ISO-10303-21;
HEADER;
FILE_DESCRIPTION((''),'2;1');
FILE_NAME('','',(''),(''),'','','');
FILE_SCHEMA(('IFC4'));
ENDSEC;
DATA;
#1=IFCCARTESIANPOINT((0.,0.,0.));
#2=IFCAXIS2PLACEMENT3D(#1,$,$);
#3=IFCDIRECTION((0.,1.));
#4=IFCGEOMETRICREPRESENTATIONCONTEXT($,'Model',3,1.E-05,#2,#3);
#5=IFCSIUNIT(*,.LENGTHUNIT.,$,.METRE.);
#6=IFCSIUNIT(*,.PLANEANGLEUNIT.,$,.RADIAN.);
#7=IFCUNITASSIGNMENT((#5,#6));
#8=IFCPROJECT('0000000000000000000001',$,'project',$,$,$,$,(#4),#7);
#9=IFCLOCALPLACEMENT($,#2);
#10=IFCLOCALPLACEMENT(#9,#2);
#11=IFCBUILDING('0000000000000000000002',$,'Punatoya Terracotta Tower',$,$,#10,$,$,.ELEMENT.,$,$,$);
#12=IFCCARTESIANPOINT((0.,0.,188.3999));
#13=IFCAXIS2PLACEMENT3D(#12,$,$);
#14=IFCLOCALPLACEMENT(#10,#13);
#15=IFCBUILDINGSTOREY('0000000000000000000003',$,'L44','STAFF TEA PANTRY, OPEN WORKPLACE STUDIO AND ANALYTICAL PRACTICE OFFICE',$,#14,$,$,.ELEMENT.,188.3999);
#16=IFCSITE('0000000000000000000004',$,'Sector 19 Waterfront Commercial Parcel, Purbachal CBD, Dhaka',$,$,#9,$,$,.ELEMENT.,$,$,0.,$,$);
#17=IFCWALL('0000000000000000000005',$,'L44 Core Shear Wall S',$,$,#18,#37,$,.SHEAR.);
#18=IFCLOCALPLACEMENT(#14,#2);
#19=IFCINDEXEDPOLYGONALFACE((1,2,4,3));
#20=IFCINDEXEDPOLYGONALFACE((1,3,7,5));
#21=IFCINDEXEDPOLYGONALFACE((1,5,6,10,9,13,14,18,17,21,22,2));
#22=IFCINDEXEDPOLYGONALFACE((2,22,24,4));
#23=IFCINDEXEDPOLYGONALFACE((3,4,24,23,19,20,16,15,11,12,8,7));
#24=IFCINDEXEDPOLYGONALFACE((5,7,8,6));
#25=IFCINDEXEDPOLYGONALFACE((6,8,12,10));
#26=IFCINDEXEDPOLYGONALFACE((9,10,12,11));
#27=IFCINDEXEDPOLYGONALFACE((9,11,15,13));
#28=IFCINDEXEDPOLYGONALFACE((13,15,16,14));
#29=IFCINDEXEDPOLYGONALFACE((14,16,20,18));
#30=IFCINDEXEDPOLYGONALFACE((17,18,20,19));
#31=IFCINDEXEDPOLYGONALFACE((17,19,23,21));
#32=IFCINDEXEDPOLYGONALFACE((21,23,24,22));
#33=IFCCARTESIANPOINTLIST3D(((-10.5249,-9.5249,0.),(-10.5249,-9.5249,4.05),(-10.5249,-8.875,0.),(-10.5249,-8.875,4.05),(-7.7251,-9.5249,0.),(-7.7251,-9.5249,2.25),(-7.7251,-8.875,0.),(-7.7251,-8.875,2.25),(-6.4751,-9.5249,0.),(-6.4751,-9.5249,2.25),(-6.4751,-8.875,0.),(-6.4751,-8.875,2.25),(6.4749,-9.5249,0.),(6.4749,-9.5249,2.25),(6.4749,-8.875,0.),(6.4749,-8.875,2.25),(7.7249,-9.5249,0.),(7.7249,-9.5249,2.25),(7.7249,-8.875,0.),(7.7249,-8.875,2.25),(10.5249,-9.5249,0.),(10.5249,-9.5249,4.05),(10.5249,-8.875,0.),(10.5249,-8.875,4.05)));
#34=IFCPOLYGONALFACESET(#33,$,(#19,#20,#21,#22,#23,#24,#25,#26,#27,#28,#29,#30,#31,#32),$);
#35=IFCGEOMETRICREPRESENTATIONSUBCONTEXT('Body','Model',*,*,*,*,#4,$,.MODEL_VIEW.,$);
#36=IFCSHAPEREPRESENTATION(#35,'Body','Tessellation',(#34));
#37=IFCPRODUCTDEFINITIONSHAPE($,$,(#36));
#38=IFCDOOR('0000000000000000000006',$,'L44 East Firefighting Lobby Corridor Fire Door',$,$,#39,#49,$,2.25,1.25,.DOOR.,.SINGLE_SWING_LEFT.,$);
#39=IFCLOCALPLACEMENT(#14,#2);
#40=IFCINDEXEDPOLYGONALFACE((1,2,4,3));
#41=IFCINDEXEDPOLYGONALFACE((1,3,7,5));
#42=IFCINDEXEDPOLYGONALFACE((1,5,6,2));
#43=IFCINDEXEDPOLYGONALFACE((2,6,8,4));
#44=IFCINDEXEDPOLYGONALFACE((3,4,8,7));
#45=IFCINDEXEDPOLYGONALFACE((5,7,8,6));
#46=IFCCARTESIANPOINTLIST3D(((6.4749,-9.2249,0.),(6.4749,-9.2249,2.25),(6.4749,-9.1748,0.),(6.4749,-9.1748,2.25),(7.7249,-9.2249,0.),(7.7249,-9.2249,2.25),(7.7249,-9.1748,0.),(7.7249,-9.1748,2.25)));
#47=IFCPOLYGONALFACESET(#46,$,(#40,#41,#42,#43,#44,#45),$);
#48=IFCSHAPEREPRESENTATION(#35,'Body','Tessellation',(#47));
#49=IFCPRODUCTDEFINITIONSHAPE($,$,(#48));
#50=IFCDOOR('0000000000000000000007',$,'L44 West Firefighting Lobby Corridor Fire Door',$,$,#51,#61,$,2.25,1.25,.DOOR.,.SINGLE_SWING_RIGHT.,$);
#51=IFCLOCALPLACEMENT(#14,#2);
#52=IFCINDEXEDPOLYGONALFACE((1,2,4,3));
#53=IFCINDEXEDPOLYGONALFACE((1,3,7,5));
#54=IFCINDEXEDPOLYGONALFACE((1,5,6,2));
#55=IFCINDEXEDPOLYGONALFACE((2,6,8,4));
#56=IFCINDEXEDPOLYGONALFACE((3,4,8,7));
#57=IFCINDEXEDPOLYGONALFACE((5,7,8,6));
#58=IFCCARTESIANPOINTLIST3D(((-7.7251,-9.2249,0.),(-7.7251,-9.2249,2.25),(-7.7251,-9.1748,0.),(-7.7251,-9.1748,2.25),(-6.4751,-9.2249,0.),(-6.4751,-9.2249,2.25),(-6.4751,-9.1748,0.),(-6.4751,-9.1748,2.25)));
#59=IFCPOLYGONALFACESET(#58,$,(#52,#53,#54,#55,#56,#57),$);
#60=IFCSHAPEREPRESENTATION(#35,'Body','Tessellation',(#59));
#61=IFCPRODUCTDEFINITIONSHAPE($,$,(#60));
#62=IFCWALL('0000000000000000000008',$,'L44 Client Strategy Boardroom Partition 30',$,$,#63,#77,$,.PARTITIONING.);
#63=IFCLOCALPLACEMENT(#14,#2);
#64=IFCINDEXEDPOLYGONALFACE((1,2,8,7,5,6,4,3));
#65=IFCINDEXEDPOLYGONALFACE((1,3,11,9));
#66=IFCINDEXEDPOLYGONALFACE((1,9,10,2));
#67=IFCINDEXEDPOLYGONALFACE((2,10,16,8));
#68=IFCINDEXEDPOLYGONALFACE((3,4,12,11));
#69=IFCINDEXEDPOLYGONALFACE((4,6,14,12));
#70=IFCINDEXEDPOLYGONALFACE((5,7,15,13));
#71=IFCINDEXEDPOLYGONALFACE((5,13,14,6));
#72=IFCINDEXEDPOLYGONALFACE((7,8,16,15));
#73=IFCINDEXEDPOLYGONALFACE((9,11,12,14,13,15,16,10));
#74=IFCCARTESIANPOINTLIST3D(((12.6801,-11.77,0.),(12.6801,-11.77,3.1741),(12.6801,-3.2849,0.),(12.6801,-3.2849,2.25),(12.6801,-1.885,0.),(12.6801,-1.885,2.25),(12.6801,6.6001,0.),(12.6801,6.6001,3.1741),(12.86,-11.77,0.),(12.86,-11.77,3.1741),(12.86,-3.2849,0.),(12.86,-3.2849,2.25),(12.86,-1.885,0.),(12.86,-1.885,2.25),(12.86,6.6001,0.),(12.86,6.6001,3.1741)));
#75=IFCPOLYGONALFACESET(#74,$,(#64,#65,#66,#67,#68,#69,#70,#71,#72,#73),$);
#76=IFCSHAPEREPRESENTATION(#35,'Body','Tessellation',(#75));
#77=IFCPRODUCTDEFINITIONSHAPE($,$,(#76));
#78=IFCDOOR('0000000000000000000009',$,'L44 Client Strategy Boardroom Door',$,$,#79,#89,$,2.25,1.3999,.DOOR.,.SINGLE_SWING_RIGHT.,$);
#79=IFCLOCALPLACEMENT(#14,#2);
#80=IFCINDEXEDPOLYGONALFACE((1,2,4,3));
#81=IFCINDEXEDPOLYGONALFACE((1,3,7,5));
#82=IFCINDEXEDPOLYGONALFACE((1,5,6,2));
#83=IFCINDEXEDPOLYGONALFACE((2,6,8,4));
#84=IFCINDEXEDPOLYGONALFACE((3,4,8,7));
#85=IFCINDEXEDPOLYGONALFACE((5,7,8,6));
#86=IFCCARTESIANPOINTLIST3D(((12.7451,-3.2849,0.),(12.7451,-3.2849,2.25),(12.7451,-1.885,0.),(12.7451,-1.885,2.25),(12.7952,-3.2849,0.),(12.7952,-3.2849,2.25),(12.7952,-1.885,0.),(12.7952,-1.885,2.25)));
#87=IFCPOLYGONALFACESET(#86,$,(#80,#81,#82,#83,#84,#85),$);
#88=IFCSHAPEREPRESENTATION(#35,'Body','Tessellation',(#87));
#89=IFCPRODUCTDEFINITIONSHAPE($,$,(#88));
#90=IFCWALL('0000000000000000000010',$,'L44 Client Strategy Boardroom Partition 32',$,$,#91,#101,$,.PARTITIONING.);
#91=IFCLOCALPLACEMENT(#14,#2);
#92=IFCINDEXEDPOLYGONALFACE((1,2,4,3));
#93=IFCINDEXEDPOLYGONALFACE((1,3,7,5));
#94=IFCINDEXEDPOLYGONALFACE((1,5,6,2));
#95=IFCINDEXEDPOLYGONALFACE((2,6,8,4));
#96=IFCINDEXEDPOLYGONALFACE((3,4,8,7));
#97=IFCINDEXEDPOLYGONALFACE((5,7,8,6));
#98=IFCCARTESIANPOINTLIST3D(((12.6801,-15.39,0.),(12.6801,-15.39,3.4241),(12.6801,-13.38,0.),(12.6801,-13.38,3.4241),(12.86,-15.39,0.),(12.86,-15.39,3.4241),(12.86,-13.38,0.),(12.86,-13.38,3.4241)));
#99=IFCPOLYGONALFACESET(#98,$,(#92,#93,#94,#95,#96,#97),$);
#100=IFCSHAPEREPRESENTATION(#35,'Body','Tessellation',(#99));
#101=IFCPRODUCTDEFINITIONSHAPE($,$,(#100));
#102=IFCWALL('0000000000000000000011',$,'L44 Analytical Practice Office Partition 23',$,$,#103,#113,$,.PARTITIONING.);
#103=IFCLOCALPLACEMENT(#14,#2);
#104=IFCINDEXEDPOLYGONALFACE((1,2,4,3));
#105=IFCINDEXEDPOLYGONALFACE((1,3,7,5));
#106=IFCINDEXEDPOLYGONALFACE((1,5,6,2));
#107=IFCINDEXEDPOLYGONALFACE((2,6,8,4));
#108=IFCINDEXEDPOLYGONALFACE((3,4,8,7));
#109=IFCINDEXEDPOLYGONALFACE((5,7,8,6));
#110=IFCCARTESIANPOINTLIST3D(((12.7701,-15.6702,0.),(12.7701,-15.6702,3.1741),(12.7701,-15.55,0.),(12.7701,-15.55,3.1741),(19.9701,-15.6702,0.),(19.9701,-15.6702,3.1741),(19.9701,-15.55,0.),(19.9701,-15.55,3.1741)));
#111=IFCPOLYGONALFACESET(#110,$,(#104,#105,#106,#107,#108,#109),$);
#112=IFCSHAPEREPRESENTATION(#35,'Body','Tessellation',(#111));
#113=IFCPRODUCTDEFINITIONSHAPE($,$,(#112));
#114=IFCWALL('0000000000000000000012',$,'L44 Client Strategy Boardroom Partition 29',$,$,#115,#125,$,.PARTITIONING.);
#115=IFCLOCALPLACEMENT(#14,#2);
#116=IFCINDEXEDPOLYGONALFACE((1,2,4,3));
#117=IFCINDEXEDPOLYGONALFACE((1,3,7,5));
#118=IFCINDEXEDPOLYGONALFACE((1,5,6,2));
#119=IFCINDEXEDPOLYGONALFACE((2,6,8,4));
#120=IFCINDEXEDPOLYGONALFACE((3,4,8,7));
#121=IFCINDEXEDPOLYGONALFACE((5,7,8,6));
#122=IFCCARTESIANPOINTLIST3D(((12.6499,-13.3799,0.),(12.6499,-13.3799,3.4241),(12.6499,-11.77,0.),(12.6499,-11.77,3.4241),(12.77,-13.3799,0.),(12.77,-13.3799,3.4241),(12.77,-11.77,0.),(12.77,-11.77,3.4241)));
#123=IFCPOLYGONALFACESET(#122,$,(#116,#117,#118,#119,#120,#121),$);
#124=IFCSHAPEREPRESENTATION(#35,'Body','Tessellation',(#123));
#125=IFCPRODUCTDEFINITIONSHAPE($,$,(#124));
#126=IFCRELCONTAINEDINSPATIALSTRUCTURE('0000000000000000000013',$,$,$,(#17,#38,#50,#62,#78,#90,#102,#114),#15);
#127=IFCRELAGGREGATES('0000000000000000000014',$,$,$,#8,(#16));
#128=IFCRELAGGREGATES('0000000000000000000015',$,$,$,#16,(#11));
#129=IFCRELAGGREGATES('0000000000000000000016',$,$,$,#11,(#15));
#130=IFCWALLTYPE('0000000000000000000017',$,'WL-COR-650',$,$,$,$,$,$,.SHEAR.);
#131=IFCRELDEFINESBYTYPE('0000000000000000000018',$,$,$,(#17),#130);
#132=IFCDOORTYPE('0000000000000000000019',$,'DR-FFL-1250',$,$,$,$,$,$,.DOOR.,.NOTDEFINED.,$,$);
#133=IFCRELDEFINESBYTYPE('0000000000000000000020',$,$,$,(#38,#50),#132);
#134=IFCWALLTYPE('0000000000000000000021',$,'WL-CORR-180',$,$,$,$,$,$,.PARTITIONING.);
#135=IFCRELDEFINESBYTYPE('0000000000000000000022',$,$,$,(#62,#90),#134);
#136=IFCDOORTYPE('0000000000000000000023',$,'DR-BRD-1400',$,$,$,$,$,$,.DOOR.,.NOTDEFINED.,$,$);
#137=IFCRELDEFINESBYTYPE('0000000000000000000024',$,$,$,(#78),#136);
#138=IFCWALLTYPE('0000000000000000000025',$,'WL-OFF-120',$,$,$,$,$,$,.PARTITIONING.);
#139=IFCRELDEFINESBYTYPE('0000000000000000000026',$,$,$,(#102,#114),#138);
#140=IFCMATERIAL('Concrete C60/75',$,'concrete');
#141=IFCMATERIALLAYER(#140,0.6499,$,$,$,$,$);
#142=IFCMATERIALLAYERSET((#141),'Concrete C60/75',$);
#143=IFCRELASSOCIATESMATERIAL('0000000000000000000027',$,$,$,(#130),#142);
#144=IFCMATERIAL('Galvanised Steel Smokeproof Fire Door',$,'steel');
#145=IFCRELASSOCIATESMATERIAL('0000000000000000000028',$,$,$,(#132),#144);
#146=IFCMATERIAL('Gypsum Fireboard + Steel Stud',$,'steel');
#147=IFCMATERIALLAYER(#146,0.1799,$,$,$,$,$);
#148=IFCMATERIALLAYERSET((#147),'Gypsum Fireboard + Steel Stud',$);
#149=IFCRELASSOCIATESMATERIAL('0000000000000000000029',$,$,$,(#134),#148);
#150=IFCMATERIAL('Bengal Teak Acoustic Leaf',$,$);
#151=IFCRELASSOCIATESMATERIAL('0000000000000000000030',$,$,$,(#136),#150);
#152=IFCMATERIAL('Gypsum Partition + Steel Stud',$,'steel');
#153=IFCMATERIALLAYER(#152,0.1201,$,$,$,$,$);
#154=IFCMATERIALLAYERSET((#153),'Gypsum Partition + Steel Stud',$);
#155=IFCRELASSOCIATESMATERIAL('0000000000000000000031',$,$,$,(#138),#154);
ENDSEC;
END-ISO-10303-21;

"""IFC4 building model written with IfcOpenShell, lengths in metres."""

from ifc_helpers import new_model, si_unit, direction, frame, frame_2d, origin, place, context, subcontext, project, spatial, rectangle, extrude, material, layer, layer_set, type_object, element, fill, save


model = new_model("IFC4")

# Units and contexts
model_context = context("Model", 3, precision=1e-05, world=origin(), true_north=direction((0.0, 1.0)))
body_context = subcontext(model_context, "Body", "Model", "MODEL_VIEW")
ifc_project = project(units=[si_unit("LENGTHUNIT", "METRE"), si_unit("PLANEANGLEUNIT", "RADIAN")], contexts=[model_context])

# Site, building, storey
site_placement = place(None, origin())
site = spatial("IfcSite", under=ifc_project, at=site_placement, Name="Sector 19 Waterfront Commercial Parcel, Purbachal CBD, Dhaka", CompositionType="ELEMENT", RefElevation=0.0)
building_placement = place(site_placement, origin())
building = spatial("IfcBuilding", under=site, at=building_placement, Name="Punatoya Terracotta Tower", CompositionType="ELEMENT")
storey_placement = place(building_placement, frame((0.0, 0.0, 188.3999)))
storey = spatial("IfcBuildingStorey", under=building, at=storey_placement, Name="L44", Description="STAFF TEA PANTRY, OPEN WORKPLACE STUDIO AND ANALYTICAL PRACTICE OFFICE", CompositionType="ELEMENT", Elevation=188.3999)

# Wall, openings, doors
ifc_material_1 = material(Name="Concrete C60/75", Category="concrete")
ifc_layer_1 = layer(ifc_material_1, 0.6499)
ifc_layer_set_1 = layer_set([ifc_layer_1], Name="Concrete C60/75")
wall_type_1 = type_object("IfcWallType", Name="WL-COR-650", PredefinedType="SHEAR", material=ifc_layer_set_1)
wall_1_placement = place(storey_placement, frame((10.5249, -9.2, 0.0), z_axis=(0.0, 0.0, 1.0), x_axis=(-1.0, 0.0, 0.0)))
wall_1 = element("IfcWall", 1, at=wall_1_placement, inside=storey, type_object=wall_type_1, Name="L44 Core Shear Wall S", PredefinedType="SHEAR", context=body_context, shape_type="SweptSolid", body=[
    extrude(rectangle(XDim=21.0498, YDim=0.6499, at=frame_2d((10.5249, 0.0))), origin(), (0.0, 0.0, 1.0), 4.05),
])
opening_1_placement = place(wall_1_placement, frame((2.8, 0.0, 0.0)))
opening_1 = element("IfcOpeningElement", 2, at=opening_1_placement, cuts=wall_1, PredefinedType="OPENING", context=body_context, shape_type="SweptSolid", body=[
    extrude(rectangle(XDim=1.25, YDim=2.25, at=frame_2d((0.625, 1.125))), frame((0.0, 0.335, 0.0), z_axis=(0.0, -1.0, 0.0), x_axis=(1.0, 0.0, 0.0)), (0.0, 0.0, 1.0), 0.6699),
])
opening_2_placement = place(wall_1_placement, frame((17.0, 0.0, 0.0)))
opening_2 = element("IfcOpeningElement", 3, at=opening_2_placement, cuts=wall_1, PredefinedType="OPENING", context=body_context, shape_type="SweptSolid", body=[
    extrude(rectangle(XDim=1.25, YDim=2.25, at=frame_2d((0.625, 1.125))), frame((0.0, 0.335, 0.0), z_axis=(0.0, -1.0, 0.0), x_axis=(1.0, 0.0, 0.0)), (0.0, 0.0, 1.0), 0.6699),
])
ifc_material_2 = material(Name="Galvanised Steel Smokeproof Fire Door", Category="steel")
door_type_1 = type_object("IfcDoorType", Name="DR-FFL-1250", OperationType="NOTDEFINED", PredefinedType="DOOR", material=ifc_material_2)
door_1_placement = place(opening_1_placement, origin())
door_1 = element("IfcDoor", 4, at=door_1_placement, inside=storey, type_object=door_type_1, Name="L44 East Firefighting Lobby Corridor Fire Door", OperationType="SINGLE_SWING_LEFT", OverallHeight=2.25, OverallWidth=1.25, PredefinedType="DOOR", context=body_context, shape_type="SweptSolid", body=[
    extrude(rectangle(XDim=1.25, YDim=2.25, at=frame_2d((0.625, 1.125))), frame((0.0, 0.0249, 0.0), z_axis=(0.0, -1.0, 0.0), x_axis=(1.0, 0.0, 0.0)), (0.0, 0.0, 1.0), 0.05),
])
fill(opening_1, door_1)
door_2_placement = place(opening_2_placement, origin())
door_2 = element("IfcDoor", 5, at=door_2_placement, inside=storey, type_object=door_type_1, Name="L44 West Firefighting Lobby Corridor Fire Door", OperationType="SINGLE_SWING_RIGHT", OverallHeight=2.25, OverallWidth=1.25, PredefinedType="DOOR", context=body_context, shape_type="SweptSolid", body=[
    extrude(rectangle(XDim=1.25, YDim=2.25, at=frame_2d((0.625, 1.125))), frame((0.0, 0.0249, 0.0), z_axis=(0.0, -1.0, 0.0), x_axis=(1.0, 0.0, 0.0)), (0.0, 0.0, 1.0), 0.05),
])
fill(opening_2, door_2)

# Wall, opening, door
ifc_material_3 = material(Name="Gypsum Fireboard + Steel Stud", Category="steel")
ifc_layer_2 = layer(ifc_material_3, 0.1799)
ifc_layer_set_2 = layer_set([ifc_layer_2], Name="Gypsum Fireboard + Steel Stud")
wall_type_2 = type_object("IfcWallType", Name="WL-CORR-180", PredefinedType="PARTITIONING", material=ifc_layer_set_2)
wall_2_placement = place(storey_placement, frame((12.77, -11.77, 0.0), z_axis=(0.0, 0.0, 1.0), x_axis=(0.0, 1.0, 0.0)))
wall_2 = element("IfcWall", 6, at=wall_2_placement, inside=storey, type_object=wall_type_2, Name="L44 Client Strategy Boardroom Partition 30", PredefinedType="PARTITIONING", context=body_context, shape_type="SweptSolid", body=[
    extrude(rectangle(XDim=18.3701, YDim=0.1799, at=frame_2d((9.1851, 0.0))), origin(), (0.0, 0.0, 1.0), 3.1741),
])
opening_3_placement = place(wall_2_placement, frame((8.4851, 0.0, 0.0)))
opening_3 = element("IfcOpeningElement", 7, at=opening_3_placement, cuts=wall_2, PredefinedType="OPENING", context=body_context, shape_type="SweptSolid", body=[
    extrude(rectangle(XDim=1.3999, YDim=2.25, at=frame_2d((0.7, 1.125))), frame((0.0, 0.0999, 0.0), z_axis=(0.0, -1.0, 0.0), x_axis=(1.0, 0.0, 0.0)), (0.0, 0.0, 1.0), 0.2),
])
ifc_material_4 = material(Name="Bengal Teak Acoustic Leaf")
door_type_2 = type_object("IfcDoorType", Name="DR-BRD-1400", OperationType="NOTDEFINED", PredefinedType="DOOR", material=ifc_material_4)
door_3_placement = place(opening_3_placement, origin())
door_3 = element("IfcDoor", 8, at=door_3_placement, inside=storey, type_object=door_type_2, Name="L44 Client Strategy Boardroom Door", OperationType="SINGLE_SWING_RIGHT", OverallHeight=2.25, OverallWidth=1.3999, PredefinedType="DOOR", context=body_context, shape_type="SweptSolid", body=[
    extrude(rectangle(XDim=1.3999, YDim=2.25, at=frame_2d((0.7, 1.125))), frame((0.0, 0.0249, 0.0), z_axis=(0.0, -1.0, 0.0), x_axis=(1.0, 0.0, 0.0)), (0.0, 0.0, 1.0), 0.05),
])
fill(opening_3, door_3)

# Walls
wall_3_placement = place(storey_placement, frame((12.77, -15.3899, 0.0), z_axis=(0.0, 0.0, 1.0), x_axis=(0.0, 1.0, 0.0)))
element("IfcWall", 9, at=wall_3_placement, inside=storey, type_object=wall_type_2, Name="L44 Client Strategy Boardroom Partition 32", PredefinedType="PARTITIONING", context=body_context, shape_type="SweptSolid", body=[
    extrude(rectangle(XDim=2.01, YDim=0.1799, at=frame_2d((1.0049, 0.0))), origin(), (0.0, 0.0, 1.0), 3.4241),
])
ifc_material_5 = material(Name="Gypsum Partition + Steel Stud", Category="steel")
ifc_layer_3 = layer(ifc_material_5, 0.1201)
ifc_layer_set_3 = layer_set([ifc_layer_3], Name="Gypsum Partition + Steel Stud")
wall_type_3 = type_object("IfcWallType", Name="WL-OFF-120", PredefinedType="PARTITIONING", material=ifc_layer_set_3)
wall_4_placement = place(storey_placement, frame((12.77, -15.6101, 0.0), z_axis=(0.0, 0.0, 1.0), x_axis=(1.0, 0.0, 0.0)))
element("IfcWall", 10, at=wall_4_placement, inside=storey, type_object=wall_type_3, Name="L44 Analytical Practice Office Partition 23", PredefinedType="PARTITIONING", context=body_context, shape_type="SweptSolid", body=[
    extrude(rectangle(XDim=7.2, YDim=0.1201, at=frame_2d((3.6001, 0.0))), origin(), (0.0, 0.0, 1.0), 3.1741),
])
wall_5_placement = place(storey_placement, frame((12.71, -13.3799, 0.0), z_axis=(0.0, 0.0, 1.0), x_axis=(0.0, 1.0, 0.0)))
element("IfcWall", 11, at=wall_5_placement, inside=storey, type_object=wall_type_3, Name="L44 Client Strategy Boardroom Partition 29", PredefinedType="PARTITIONING", context=body_context, shape_type="SweptSolid", body=[
    extrude(rectangle(XDim=1.6099, YDim=0.1201, at=frame_2d((0.8049, 0.0))), origin(), (0.0, 0.0, 1.0), 3.4241),
])

save(model, "model.ifc")
